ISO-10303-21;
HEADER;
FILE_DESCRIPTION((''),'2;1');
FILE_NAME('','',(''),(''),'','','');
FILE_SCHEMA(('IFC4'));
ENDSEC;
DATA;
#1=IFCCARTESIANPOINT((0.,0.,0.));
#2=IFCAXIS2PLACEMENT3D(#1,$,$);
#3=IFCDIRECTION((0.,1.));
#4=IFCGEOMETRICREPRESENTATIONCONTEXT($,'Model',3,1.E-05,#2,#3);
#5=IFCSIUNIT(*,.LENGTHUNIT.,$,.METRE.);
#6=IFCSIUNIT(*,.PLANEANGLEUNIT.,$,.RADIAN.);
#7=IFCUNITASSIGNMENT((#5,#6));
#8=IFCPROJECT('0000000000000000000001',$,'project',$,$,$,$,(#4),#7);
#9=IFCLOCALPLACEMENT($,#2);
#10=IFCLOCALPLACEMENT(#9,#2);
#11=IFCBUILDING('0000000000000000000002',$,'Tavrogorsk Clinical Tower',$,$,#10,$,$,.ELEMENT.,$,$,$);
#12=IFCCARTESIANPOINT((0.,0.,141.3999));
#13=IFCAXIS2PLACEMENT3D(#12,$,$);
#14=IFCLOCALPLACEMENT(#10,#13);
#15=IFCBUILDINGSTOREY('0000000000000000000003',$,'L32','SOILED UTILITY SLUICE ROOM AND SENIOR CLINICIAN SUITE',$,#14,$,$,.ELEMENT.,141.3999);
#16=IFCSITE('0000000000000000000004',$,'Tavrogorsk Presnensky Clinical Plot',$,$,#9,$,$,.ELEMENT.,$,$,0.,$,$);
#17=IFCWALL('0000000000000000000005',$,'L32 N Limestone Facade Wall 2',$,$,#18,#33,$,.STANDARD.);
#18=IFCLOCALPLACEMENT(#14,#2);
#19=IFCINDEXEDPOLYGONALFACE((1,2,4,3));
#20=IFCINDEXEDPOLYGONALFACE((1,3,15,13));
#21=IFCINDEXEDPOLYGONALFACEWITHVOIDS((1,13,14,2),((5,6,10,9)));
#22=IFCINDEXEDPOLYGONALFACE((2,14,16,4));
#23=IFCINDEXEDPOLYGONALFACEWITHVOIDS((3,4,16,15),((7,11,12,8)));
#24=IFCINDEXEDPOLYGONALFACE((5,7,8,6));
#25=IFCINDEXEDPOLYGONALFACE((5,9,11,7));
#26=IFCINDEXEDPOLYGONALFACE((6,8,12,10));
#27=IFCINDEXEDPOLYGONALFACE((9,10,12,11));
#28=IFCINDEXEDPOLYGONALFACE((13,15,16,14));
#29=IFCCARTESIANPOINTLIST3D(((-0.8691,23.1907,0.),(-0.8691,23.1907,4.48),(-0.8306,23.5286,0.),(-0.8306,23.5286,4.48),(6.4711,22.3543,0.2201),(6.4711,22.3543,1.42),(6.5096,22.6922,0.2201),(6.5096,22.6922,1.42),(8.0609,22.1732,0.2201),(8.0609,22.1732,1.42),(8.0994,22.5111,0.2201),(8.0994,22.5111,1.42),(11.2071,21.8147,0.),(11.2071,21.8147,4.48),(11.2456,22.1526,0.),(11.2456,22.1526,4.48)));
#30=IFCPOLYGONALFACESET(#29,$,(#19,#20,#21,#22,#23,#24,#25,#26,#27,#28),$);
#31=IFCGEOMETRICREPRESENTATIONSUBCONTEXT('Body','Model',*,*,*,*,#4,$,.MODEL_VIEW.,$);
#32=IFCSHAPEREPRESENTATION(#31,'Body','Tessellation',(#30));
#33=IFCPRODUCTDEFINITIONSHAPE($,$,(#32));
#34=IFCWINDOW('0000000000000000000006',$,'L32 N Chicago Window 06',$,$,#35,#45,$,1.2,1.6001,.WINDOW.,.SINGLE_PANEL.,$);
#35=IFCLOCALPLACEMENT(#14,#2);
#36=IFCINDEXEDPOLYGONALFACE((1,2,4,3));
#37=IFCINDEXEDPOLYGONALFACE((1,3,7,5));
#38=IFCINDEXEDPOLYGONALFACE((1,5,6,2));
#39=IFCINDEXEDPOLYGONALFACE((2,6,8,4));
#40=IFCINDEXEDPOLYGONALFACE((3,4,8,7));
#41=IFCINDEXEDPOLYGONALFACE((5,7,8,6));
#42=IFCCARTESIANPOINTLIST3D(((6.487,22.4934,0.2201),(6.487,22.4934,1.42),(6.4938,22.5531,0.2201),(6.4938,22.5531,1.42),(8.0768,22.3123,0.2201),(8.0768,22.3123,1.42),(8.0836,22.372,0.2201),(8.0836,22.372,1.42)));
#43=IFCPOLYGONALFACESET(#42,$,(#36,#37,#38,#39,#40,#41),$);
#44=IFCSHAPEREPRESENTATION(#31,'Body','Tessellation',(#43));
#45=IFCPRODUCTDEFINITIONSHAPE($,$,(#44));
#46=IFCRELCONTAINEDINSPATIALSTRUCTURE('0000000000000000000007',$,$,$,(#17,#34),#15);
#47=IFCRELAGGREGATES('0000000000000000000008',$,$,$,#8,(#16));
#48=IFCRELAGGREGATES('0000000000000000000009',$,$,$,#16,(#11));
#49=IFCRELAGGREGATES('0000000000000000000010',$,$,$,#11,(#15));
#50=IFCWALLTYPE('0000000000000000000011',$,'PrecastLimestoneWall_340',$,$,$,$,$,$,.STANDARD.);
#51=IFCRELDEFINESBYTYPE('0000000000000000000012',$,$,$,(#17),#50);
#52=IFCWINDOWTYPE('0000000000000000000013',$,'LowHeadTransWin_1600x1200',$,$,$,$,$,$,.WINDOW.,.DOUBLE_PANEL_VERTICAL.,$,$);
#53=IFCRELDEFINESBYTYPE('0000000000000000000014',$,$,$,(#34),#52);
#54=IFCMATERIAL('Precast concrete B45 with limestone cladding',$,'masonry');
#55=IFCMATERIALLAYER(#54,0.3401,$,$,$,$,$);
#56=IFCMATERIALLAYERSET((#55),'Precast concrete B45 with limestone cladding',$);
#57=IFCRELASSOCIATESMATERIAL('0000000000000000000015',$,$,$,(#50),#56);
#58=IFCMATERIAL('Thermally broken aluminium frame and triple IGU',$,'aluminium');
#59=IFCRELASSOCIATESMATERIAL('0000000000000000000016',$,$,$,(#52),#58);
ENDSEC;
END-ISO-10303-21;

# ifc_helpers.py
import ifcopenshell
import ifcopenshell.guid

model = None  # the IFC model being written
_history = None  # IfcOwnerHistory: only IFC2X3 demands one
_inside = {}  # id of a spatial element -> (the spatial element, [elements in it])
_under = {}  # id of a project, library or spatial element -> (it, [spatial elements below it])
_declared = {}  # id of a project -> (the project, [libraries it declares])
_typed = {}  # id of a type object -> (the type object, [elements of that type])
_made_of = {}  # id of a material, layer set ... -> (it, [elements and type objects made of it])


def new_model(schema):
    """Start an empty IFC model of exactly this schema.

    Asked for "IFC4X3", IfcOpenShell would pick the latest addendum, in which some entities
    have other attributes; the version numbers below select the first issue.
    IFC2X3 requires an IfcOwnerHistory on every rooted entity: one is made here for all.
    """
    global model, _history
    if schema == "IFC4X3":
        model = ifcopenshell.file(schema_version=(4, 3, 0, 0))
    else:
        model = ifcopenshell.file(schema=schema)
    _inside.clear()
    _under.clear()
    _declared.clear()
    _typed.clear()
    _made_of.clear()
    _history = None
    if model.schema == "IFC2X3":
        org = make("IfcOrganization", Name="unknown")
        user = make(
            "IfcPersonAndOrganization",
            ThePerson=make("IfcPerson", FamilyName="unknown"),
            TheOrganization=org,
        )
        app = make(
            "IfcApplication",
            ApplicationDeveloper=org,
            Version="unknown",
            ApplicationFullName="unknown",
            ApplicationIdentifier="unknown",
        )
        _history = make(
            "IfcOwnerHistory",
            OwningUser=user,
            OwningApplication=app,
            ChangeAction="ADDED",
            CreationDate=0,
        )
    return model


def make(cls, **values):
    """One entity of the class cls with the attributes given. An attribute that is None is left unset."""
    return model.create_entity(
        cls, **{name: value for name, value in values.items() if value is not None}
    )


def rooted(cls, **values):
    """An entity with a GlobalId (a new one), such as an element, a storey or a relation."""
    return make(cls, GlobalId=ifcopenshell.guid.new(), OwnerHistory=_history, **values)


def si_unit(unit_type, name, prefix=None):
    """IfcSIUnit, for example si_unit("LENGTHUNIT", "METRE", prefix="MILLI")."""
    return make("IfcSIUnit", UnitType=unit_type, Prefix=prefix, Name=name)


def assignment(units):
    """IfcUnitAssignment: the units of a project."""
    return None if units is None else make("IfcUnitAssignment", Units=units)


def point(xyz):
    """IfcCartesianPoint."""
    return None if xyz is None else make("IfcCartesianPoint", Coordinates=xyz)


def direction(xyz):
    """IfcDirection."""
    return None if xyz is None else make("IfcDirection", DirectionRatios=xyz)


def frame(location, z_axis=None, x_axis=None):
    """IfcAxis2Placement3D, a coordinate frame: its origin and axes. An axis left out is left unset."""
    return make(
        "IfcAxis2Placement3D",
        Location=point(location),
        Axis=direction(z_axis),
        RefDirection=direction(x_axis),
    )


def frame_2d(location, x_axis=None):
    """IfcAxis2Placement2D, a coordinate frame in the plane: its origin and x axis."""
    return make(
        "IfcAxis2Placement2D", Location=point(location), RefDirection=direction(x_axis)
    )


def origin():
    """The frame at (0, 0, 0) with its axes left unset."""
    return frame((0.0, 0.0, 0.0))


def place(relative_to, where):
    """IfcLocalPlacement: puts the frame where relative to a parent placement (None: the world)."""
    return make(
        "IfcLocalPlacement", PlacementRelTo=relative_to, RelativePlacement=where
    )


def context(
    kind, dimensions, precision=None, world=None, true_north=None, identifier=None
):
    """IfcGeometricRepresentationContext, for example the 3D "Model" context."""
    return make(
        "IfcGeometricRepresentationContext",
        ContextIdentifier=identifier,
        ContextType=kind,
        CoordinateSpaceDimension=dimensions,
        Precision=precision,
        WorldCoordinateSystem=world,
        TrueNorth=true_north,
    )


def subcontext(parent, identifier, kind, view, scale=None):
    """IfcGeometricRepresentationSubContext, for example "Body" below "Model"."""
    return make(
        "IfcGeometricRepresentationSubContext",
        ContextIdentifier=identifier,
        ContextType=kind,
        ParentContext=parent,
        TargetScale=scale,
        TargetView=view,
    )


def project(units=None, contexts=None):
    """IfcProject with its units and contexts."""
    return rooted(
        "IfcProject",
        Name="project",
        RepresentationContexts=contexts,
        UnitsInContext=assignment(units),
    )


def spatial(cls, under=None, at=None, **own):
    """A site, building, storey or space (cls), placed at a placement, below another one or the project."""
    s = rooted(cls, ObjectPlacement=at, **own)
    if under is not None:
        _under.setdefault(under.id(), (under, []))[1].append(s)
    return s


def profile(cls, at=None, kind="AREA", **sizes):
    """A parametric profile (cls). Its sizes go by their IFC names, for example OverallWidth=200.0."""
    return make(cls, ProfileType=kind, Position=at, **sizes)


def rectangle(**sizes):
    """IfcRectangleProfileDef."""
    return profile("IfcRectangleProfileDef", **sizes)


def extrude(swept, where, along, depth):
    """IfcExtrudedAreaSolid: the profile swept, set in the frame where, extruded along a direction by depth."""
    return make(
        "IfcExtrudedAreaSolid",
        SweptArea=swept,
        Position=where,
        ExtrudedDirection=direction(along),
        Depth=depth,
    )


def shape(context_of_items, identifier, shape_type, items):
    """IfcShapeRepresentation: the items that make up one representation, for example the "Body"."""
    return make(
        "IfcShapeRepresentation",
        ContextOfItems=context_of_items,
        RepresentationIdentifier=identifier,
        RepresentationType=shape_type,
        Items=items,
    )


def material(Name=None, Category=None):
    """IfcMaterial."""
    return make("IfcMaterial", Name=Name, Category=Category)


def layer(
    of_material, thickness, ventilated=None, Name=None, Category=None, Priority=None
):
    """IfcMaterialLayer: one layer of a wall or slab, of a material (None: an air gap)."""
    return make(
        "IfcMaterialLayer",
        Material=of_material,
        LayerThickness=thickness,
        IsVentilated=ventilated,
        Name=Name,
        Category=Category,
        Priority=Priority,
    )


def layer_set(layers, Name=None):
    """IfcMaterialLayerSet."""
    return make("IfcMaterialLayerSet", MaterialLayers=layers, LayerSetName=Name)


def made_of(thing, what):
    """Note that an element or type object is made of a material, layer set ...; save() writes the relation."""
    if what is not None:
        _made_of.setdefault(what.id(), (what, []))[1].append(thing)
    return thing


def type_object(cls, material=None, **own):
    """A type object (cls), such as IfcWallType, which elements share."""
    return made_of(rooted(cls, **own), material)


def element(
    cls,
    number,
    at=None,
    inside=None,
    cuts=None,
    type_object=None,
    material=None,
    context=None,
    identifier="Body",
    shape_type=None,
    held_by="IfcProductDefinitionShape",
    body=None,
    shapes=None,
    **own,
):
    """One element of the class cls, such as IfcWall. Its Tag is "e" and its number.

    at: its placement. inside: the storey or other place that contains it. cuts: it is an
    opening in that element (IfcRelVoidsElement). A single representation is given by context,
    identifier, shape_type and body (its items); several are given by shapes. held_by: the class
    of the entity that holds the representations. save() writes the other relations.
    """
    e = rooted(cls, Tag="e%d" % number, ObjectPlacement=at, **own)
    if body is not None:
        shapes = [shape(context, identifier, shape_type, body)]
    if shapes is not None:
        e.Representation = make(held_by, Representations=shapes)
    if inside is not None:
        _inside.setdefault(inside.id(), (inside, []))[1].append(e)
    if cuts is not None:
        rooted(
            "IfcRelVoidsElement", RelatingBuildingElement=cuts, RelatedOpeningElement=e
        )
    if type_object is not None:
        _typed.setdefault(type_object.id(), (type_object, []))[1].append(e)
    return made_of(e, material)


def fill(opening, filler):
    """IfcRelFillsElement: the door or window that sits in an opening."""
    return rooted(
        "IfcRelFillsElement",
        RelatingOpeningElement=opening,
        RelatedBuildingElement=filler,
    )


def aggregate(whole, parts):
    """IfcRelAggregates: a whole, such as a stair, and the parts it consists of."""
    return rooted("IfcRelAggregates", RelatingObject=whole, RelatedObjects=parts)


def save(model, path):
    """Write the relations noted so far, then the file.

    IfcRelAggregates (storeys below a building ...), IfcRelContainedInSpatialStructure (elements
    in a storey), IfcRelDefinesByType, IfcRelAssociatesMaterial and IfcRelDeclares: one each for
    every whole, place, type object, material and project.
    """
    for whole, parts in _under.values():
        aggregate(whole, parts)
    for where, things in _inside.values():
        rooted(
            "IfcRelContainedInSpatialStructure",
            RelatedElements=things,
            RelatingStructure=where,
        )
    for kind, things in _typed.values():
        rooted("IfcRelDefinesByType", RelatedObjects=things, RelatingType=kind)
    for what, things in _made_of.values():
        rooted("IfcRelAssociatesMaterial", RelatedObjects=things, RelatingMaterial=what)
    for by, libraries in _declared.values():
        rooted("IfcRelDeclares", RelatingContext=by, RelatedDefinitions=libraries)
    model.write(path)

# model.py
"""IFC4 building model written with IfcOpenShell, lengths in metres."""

from ifc_helpers import new_model, si_unit, direction, frame, frame_2d, origin, place, context, subcontext, project, spatial, rectangle, extrude, material, layer, layer_set, type_object, element, fill, save


model = new_model("IFC4")

# Units and contexts
model_context = context("Model", 3, precision=1e-05, world=origin(), true_north=direction((0.0, 1.0)))
body_context = subcontext(model_context, "Body", "Model", "MODEL_VIEW")
ifc_project = project(units=[si_unit("LENGTHUNIT", "METRE"), si_unit("PLANEANGLEUNIT", "RADIAN")], contexts=[model_context])

# Site, building, storey
site_placement = place(None, origin())
site = spatial("IfcSite", under=ifc_project, at=site_placement, Name="Tavrogorsk Presnensky Clinical Plot", CompositionType="ELEMENT", RefElevation=0.0)
building_placement = place(site_placement, origin())
building = spatial("IfcBuilding", under=site, at=building_placement, Name="Tavrogorsk Clinical Tower", CompositionType="ELEMENT")
storey_placement = place(building_placement, frame((0.0, 0.0, 141.3999)))
storey = spatial("IfcBuildingStorey", under=building, at=storey_placement, Name="L32", Description="SOILED UTILITY SLUICE ROOM AND SENIOR CLINICIAN SUITE", CompositionType="ELEMENT", Elevation=141.3999)

# Wall, opening, window
ifc_material_1 = material(Name="Precast concrete B45 with limestone cladding", Category="masonry")
ifc_layer_1 = layer(ifc_material_1, 0.3401)
ifc_layer_set_1 = layer_set([ifc_layer_1], Name="Precast concrete B45 with limestone cladding")
wall_type_1 = type_object("IfcWallType", Name="PrecastLimestoneWall_340", PredefinedType="STANDARD", material=ifc_layer_set_1)
wall_1_placement = place(storey_placement, frame((11.2263, 21.9836, 0.0), z_axis=(0.0, 0.0, 1.0), x_axis=(-0.993571, 0.113209, 0.0)))
wall_1 = element("IfcWall", 1, at=wall_1_placement, inside=storey, type_object=wall_type_1, Name="L32 N Limestone Facade Wall 2", PredefinedType="STANDARD", context=body_context, shape_type="SweptSolid", body=[
    extrude(rectangle(XDim=12.1543, YDim=0.3401, at=frame_2d((6.0771, 0.0))), origin(), (0.0, 0.0, 1.0), 4.48),
])
opening_placement = place(wall_1_placement, frame((3.1665, 0.0, 0.22)))
opening = element("IfcOpeningElement", 2, at=opening_placement, cuts=wall_1, PredefinedType="OPENING", context=body_context, shape_type="SweptSolid", body=[
    extrude(rectangle(XDim=1.6001, YDim=1.2, at=frame_2d((0.8, 0.6001))), frame((0.0, 0.1799, 0.0), z_axis=(0.0, -1.0, 0.0), x_axis=(1.0, 0.0, 0.0)), (0.0, 0.0, 1.0), 0.3601),
])
ifc_material_2 = material(Name="Thermally broken aluminium frame and triple IGU", Category="aluminium")
window_type = type_object("IfcWindowType", Name="LowHeadTransWin_1600x1200", PartitioningType="DOUBLE_PANEL_VERTICAL", PredefinedType="WINDOW", material=ifc_material_2)
window_placement = place(opening_placement, origin())
window = element("IfcWindow", 3, at=window_placement, inside=storey, type_object=window_type, Name="L32 N Chicago Window 06", OverallHeight=1.2, OverallWidth=1.6001, PartitioningType="SINGLE_PANEL", PredefinedType="WINDOW", context=body_context, shape_type="SweptSolid", body=[
    extrude(rectangle(XDim=1.6001, YDim=1.2, at=frame_2d((0.8, 0.6001))), frame((0.0, 0.03, 0.0), z_axis=(0.0, -1.0, 0.0), x_axis=(1.0, 0.0, 0.0)), (0.0, 0.0, 1.0), 0.0601),
])
fill(opening, window)

save(model, "model.ifc")
